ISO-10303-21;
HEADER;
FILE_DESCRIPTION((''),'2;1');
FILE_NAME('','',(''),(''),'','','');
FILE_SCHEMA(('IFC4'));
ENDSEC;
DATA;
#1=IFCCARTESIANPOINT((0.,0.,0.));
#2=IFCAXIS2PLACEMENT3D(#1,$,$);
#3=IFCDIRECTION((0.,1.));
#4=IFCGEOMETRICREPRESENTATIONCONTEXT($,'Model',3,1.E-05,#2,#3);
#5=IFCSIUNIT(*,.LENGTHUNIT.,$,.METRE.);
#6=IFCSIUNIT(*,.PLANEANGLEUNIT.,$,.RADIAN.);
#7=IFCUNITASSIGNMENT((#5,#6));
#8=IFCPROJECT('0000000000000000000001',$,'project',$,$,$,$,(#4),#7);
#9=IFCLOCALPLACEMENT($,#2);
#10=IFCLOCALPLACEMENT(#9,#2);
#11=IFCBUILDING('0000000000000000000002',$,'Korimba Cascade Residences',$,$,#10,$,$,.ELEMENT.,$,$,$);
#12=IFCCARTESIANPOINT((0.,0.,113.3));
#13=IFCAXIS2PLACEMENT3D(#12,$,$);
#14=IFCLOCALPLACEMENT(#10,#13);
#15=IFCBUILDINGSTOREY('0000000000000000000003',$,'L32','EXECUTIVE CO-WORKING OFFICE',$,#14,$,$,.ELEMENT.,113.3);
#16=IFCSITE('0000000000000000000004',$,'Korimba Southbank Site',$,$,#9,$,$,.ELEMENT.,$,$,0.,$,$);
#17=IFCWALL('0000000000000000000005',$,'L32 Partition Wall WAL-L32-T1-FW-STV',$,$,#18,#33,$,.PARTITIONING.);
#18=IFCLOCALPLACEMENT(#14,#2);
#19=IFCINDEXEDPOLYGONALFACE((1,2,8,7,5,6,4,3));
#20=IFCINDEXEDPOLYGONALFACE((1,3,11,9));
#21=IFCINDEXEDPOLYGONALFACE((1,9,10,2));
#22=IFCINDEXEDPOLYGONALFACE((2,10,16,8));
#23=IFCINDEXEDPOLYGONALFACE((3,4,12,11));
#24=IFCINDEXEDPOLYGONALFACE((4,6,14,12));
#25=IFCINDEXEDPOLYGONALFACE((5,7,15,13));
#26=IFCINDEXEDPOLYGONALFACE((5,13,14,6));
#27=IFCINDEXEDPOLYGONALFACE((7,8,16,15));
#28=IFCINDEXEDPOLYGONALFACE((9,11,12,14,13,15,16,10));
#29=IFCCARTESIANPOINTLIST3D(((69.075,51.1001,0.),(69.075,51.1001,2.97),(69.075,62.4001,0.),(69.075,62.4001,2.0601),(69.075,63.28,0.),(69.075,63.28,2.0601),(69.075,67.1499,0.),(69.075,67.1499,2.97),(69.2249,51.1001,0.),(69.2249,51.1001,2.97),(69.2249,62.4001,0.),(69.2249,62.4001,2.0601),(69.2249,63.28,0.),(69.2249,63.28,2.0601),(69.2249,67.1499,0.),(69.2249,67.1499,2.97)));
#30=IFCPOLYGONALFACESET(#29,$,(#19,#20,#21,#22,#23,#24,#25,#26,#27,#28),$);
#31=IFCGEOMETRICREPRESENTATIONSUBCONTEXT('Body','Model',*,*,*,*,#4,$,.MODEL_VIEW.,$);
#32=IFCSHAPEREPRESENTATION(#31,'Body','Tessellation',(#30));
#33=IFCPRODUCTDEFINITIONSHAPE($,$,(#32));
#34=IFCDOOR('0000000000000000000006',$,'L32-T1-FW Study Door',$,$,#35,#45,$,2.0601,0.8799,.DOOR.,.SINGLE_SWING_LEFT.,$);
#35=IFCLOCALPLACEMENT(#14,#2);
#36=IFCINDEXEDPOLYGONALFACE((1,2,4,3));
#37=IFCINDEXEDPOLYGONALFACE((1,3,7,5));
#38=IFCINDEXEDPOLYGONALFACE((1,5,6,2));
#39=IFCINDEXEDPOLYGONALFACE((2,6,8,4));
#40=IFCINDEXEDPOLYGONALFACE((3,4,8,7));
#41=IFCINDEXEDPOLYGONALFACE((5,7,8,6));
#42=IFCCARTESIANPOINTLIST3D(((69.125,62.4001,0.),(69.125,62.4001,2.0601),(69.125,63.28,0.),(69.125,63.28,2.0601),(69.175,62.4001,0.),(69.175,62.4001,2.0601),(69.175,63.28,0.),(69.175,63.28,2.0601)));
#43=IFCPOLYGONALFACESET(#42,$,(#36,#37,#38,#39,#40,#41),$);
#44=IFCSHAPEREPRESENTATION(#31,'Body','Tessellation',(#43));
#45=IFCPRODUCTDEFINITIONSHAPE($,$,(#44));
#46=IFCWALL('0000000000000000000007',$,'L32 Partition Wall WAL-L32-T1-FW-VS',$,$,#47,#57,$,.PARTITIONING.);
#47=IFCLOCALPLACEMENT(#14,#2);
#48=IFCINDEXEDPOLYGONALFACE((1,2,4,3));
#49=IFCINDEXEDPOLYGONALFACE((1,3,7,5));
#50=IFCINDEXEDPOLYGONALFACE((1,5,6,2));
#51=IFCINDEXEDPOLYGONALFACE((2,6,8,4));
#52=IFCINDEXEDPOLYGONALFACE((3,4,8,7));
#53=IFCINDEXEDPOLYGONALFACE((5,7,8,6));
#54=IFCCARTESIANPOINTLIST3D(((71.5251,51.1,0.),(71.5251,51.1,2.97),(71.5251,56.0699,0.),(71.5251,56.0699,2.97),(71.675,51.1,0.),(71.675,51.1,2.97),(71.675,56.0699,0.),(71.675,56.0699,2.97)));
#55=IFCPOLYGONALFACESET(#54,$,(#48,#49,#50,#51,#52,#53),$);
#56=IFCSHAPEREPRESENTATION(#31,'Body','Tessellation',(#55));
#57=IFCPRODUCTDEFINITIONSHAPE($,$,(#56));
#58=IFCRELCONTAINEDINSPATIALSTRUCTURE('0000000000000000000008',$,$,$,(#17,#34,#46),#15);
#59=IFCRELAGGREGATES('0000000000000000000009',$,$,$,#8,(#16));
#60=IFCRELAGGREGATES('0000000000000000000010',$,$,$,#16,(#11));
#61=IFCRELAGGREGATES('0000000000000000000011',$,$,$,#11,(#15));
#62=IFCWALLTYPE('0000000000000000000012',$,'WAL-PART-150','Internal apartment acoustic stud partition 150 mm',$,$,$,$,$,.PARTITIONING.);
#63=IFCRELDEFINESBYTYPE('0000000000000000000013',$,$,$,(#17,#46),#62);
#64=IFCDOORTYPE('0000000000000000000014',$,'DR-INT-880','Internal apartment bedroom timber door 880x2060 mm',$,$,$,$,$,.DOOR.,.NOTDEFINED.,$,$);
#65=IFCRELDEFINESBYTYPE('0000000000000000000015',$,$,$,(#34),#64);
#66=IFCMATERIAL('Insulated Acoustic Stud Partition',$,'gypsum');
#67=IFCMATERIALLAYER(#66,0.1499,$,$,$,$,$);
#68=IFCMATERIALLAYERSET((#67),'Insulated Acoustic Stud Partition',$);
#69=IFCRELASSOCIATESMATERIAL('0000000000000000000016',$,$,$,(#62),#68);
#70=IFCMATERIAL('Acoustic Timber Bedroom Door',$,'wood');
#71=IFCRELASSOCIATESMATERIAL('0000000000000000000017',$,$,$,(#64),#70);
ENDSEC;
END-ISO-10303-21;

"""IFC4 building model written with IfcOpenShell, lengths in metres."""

from ifc_helpers import new_model, si_unit, direction, frame, frame_2d, origin, place, context, subcontext, project, spatial, rectangle, extrude, material, layer, layer_set, type_object, element, fill, save


model = new_model("IFC4")

# Units and contexts
model_context = context("Model", 3, precision=1e-05, world=origin(), true_north=direction((0.0, 1.0)))
body_context = subcontext(model_context, "Body", "Model", "MODEL_VIEW")
ifc_project = project(units=[si_unit("LENGTHUNIT", "METRE"), si_unit("PLANEANGLEUNIT", "RADIAN")], contexts=[model_context])

# Site, building, storey
site_placement = place(None, origin())
site = spatial("IfcSite", under=ifc_project, at=site_placement, Name="Korimba Southbank Site", CompositionType="ELEMENT", RefElevation=0.0)
building_placement = place(site_placement, origin())
building = spatial("IfcBuilding", under=site, at=building_placement, Name="Korimba Cascade Residences", CompositionType="ELEMENT")
storey_placement = place(building_placement, frame((0.0, 0.0, 113.3)))
storey = spatial("IfcBuildingStorey", under=building, at=storey_placement, Name="L32", Description="EXECUTIVE CO-WORKING OFFICE", CompositionType="ELEMENT", Elevation=113.3)

# Wall, opening, door
ifc_material_1 = material(Name="Insulated Acoustic Stud Partition", Category="gypsum")
ifc_layer_1 = layer(ifc_material_1, 0.1499)
ifc_layer_set_1 = layer_set([ifc_layer_1], Name="Insulated Acoustic Stud Partition")
wall_type_1 = type_object("IfcWallType", Name="WAL-PART-150", Description="Internal apartment acoustic stud partition 150 mm", PredefinedType="PARTITIONING", material=ifc_layer_set_1)
wall_1_placement = place(storey_placement, frame((69.1499, 51.1001, 0.0), z_axis=(0.0, 0.0, 1.0), x_axis=(0.0, 1.0, 0.0)))
wall_1 = element("IfcWall", 1, at=wall_1_placement, inside=storey, type_object=wall_type_1, Name="L32 Partition Wall WAL-L32-T1-FW-STV", PredefinedType="PARTITIONING", context=body_context, shape_type="SweptSolid", body=[
    extrude(rectangle(XDim=16.0498, YDim=0.1499, at=frame_2d((8.0249, 0.0))), origin(), (0.0, 0.0, 1.0), 2.97),
])
opening_1_placement = place(wall_1_placement, frame((11.3, 0.0, 0.0)))
opening_1 = element("IfcOpeningElement", 2, at=opening_1_placement, cuts=wall_1, PredefinedType="OPENING", context=body_context, shape_type="SweptSolid", body=[
    extrude(rectangle(XDim=0.8799, YDim=2.0601, at=frame_2d((0.4399, 1.03))), frame((0.0, 0.085, 0.0), z_axis=(0.0, -1.0, 0.0), x_axis=(1.0, 0.0, 0.0)), (0.0, 0.0, 1.0), 0.1699),
])
ifc_material_2 = material(Name="Acoustic Timber Bedroom Door", Category="wood")
door_type = type_object("IfcDoorType", Name="DR-INT-880", Description="Internal apartment bedroom timber door 880x2060 mm", OperationType="NOTDEFINED", PredefinedType="DOOR", material=ifc_material_2)
door_placement = place(opening_1_placement, origin())
door = element("IfcDoor", 3, at=door_placement, inside=storey, type_object=door_type, Name="L32-T1-FW Study Door", OperationType="SINGLE_SWING_LEFT", OverallHeight=2.0601, OverallWidth=0.8799, PredefinedType="DOOR", context=body_context, shape_type="SweptSolid", body=[
    extrude(rectangle(XDim=0.8799, YDim=2.0601, at=frame_2d((0.4399, 1.03))), frame((0.0, 0.0249, 0.0), z_axis=(0.0, -1.0, 0.0), x_axis=(1.0, 0.0, 0.0)), (0.0, 0.0, 1.0), 0.05),
])
fill(opening_1, door)

# Wall
wall_2_placement = place(storey_placement, frame((71.6001, 51.1001, 0.0), z_axis=(0.0, 0.0, 1.0), x_axis=(0.0, 1.0, 0.0)))
element("IfcWall", 4, at=wall_2_placement, inside=storey, type_object=wall_type_1, Name="L32 Partition Wall WAL-L32-T1-FW-VS", PredefinedType="PARTITIONING", context=body_context, shape_type="SweptSolid", body=[
    extrude(rectangle(XDim=4.97, YDim=0.1499, at=frame_2d((2.4849, 0.0))), origin(), (0.0, 0.0, 1.0), 2.97),
])

save(model, "model.ifc")
